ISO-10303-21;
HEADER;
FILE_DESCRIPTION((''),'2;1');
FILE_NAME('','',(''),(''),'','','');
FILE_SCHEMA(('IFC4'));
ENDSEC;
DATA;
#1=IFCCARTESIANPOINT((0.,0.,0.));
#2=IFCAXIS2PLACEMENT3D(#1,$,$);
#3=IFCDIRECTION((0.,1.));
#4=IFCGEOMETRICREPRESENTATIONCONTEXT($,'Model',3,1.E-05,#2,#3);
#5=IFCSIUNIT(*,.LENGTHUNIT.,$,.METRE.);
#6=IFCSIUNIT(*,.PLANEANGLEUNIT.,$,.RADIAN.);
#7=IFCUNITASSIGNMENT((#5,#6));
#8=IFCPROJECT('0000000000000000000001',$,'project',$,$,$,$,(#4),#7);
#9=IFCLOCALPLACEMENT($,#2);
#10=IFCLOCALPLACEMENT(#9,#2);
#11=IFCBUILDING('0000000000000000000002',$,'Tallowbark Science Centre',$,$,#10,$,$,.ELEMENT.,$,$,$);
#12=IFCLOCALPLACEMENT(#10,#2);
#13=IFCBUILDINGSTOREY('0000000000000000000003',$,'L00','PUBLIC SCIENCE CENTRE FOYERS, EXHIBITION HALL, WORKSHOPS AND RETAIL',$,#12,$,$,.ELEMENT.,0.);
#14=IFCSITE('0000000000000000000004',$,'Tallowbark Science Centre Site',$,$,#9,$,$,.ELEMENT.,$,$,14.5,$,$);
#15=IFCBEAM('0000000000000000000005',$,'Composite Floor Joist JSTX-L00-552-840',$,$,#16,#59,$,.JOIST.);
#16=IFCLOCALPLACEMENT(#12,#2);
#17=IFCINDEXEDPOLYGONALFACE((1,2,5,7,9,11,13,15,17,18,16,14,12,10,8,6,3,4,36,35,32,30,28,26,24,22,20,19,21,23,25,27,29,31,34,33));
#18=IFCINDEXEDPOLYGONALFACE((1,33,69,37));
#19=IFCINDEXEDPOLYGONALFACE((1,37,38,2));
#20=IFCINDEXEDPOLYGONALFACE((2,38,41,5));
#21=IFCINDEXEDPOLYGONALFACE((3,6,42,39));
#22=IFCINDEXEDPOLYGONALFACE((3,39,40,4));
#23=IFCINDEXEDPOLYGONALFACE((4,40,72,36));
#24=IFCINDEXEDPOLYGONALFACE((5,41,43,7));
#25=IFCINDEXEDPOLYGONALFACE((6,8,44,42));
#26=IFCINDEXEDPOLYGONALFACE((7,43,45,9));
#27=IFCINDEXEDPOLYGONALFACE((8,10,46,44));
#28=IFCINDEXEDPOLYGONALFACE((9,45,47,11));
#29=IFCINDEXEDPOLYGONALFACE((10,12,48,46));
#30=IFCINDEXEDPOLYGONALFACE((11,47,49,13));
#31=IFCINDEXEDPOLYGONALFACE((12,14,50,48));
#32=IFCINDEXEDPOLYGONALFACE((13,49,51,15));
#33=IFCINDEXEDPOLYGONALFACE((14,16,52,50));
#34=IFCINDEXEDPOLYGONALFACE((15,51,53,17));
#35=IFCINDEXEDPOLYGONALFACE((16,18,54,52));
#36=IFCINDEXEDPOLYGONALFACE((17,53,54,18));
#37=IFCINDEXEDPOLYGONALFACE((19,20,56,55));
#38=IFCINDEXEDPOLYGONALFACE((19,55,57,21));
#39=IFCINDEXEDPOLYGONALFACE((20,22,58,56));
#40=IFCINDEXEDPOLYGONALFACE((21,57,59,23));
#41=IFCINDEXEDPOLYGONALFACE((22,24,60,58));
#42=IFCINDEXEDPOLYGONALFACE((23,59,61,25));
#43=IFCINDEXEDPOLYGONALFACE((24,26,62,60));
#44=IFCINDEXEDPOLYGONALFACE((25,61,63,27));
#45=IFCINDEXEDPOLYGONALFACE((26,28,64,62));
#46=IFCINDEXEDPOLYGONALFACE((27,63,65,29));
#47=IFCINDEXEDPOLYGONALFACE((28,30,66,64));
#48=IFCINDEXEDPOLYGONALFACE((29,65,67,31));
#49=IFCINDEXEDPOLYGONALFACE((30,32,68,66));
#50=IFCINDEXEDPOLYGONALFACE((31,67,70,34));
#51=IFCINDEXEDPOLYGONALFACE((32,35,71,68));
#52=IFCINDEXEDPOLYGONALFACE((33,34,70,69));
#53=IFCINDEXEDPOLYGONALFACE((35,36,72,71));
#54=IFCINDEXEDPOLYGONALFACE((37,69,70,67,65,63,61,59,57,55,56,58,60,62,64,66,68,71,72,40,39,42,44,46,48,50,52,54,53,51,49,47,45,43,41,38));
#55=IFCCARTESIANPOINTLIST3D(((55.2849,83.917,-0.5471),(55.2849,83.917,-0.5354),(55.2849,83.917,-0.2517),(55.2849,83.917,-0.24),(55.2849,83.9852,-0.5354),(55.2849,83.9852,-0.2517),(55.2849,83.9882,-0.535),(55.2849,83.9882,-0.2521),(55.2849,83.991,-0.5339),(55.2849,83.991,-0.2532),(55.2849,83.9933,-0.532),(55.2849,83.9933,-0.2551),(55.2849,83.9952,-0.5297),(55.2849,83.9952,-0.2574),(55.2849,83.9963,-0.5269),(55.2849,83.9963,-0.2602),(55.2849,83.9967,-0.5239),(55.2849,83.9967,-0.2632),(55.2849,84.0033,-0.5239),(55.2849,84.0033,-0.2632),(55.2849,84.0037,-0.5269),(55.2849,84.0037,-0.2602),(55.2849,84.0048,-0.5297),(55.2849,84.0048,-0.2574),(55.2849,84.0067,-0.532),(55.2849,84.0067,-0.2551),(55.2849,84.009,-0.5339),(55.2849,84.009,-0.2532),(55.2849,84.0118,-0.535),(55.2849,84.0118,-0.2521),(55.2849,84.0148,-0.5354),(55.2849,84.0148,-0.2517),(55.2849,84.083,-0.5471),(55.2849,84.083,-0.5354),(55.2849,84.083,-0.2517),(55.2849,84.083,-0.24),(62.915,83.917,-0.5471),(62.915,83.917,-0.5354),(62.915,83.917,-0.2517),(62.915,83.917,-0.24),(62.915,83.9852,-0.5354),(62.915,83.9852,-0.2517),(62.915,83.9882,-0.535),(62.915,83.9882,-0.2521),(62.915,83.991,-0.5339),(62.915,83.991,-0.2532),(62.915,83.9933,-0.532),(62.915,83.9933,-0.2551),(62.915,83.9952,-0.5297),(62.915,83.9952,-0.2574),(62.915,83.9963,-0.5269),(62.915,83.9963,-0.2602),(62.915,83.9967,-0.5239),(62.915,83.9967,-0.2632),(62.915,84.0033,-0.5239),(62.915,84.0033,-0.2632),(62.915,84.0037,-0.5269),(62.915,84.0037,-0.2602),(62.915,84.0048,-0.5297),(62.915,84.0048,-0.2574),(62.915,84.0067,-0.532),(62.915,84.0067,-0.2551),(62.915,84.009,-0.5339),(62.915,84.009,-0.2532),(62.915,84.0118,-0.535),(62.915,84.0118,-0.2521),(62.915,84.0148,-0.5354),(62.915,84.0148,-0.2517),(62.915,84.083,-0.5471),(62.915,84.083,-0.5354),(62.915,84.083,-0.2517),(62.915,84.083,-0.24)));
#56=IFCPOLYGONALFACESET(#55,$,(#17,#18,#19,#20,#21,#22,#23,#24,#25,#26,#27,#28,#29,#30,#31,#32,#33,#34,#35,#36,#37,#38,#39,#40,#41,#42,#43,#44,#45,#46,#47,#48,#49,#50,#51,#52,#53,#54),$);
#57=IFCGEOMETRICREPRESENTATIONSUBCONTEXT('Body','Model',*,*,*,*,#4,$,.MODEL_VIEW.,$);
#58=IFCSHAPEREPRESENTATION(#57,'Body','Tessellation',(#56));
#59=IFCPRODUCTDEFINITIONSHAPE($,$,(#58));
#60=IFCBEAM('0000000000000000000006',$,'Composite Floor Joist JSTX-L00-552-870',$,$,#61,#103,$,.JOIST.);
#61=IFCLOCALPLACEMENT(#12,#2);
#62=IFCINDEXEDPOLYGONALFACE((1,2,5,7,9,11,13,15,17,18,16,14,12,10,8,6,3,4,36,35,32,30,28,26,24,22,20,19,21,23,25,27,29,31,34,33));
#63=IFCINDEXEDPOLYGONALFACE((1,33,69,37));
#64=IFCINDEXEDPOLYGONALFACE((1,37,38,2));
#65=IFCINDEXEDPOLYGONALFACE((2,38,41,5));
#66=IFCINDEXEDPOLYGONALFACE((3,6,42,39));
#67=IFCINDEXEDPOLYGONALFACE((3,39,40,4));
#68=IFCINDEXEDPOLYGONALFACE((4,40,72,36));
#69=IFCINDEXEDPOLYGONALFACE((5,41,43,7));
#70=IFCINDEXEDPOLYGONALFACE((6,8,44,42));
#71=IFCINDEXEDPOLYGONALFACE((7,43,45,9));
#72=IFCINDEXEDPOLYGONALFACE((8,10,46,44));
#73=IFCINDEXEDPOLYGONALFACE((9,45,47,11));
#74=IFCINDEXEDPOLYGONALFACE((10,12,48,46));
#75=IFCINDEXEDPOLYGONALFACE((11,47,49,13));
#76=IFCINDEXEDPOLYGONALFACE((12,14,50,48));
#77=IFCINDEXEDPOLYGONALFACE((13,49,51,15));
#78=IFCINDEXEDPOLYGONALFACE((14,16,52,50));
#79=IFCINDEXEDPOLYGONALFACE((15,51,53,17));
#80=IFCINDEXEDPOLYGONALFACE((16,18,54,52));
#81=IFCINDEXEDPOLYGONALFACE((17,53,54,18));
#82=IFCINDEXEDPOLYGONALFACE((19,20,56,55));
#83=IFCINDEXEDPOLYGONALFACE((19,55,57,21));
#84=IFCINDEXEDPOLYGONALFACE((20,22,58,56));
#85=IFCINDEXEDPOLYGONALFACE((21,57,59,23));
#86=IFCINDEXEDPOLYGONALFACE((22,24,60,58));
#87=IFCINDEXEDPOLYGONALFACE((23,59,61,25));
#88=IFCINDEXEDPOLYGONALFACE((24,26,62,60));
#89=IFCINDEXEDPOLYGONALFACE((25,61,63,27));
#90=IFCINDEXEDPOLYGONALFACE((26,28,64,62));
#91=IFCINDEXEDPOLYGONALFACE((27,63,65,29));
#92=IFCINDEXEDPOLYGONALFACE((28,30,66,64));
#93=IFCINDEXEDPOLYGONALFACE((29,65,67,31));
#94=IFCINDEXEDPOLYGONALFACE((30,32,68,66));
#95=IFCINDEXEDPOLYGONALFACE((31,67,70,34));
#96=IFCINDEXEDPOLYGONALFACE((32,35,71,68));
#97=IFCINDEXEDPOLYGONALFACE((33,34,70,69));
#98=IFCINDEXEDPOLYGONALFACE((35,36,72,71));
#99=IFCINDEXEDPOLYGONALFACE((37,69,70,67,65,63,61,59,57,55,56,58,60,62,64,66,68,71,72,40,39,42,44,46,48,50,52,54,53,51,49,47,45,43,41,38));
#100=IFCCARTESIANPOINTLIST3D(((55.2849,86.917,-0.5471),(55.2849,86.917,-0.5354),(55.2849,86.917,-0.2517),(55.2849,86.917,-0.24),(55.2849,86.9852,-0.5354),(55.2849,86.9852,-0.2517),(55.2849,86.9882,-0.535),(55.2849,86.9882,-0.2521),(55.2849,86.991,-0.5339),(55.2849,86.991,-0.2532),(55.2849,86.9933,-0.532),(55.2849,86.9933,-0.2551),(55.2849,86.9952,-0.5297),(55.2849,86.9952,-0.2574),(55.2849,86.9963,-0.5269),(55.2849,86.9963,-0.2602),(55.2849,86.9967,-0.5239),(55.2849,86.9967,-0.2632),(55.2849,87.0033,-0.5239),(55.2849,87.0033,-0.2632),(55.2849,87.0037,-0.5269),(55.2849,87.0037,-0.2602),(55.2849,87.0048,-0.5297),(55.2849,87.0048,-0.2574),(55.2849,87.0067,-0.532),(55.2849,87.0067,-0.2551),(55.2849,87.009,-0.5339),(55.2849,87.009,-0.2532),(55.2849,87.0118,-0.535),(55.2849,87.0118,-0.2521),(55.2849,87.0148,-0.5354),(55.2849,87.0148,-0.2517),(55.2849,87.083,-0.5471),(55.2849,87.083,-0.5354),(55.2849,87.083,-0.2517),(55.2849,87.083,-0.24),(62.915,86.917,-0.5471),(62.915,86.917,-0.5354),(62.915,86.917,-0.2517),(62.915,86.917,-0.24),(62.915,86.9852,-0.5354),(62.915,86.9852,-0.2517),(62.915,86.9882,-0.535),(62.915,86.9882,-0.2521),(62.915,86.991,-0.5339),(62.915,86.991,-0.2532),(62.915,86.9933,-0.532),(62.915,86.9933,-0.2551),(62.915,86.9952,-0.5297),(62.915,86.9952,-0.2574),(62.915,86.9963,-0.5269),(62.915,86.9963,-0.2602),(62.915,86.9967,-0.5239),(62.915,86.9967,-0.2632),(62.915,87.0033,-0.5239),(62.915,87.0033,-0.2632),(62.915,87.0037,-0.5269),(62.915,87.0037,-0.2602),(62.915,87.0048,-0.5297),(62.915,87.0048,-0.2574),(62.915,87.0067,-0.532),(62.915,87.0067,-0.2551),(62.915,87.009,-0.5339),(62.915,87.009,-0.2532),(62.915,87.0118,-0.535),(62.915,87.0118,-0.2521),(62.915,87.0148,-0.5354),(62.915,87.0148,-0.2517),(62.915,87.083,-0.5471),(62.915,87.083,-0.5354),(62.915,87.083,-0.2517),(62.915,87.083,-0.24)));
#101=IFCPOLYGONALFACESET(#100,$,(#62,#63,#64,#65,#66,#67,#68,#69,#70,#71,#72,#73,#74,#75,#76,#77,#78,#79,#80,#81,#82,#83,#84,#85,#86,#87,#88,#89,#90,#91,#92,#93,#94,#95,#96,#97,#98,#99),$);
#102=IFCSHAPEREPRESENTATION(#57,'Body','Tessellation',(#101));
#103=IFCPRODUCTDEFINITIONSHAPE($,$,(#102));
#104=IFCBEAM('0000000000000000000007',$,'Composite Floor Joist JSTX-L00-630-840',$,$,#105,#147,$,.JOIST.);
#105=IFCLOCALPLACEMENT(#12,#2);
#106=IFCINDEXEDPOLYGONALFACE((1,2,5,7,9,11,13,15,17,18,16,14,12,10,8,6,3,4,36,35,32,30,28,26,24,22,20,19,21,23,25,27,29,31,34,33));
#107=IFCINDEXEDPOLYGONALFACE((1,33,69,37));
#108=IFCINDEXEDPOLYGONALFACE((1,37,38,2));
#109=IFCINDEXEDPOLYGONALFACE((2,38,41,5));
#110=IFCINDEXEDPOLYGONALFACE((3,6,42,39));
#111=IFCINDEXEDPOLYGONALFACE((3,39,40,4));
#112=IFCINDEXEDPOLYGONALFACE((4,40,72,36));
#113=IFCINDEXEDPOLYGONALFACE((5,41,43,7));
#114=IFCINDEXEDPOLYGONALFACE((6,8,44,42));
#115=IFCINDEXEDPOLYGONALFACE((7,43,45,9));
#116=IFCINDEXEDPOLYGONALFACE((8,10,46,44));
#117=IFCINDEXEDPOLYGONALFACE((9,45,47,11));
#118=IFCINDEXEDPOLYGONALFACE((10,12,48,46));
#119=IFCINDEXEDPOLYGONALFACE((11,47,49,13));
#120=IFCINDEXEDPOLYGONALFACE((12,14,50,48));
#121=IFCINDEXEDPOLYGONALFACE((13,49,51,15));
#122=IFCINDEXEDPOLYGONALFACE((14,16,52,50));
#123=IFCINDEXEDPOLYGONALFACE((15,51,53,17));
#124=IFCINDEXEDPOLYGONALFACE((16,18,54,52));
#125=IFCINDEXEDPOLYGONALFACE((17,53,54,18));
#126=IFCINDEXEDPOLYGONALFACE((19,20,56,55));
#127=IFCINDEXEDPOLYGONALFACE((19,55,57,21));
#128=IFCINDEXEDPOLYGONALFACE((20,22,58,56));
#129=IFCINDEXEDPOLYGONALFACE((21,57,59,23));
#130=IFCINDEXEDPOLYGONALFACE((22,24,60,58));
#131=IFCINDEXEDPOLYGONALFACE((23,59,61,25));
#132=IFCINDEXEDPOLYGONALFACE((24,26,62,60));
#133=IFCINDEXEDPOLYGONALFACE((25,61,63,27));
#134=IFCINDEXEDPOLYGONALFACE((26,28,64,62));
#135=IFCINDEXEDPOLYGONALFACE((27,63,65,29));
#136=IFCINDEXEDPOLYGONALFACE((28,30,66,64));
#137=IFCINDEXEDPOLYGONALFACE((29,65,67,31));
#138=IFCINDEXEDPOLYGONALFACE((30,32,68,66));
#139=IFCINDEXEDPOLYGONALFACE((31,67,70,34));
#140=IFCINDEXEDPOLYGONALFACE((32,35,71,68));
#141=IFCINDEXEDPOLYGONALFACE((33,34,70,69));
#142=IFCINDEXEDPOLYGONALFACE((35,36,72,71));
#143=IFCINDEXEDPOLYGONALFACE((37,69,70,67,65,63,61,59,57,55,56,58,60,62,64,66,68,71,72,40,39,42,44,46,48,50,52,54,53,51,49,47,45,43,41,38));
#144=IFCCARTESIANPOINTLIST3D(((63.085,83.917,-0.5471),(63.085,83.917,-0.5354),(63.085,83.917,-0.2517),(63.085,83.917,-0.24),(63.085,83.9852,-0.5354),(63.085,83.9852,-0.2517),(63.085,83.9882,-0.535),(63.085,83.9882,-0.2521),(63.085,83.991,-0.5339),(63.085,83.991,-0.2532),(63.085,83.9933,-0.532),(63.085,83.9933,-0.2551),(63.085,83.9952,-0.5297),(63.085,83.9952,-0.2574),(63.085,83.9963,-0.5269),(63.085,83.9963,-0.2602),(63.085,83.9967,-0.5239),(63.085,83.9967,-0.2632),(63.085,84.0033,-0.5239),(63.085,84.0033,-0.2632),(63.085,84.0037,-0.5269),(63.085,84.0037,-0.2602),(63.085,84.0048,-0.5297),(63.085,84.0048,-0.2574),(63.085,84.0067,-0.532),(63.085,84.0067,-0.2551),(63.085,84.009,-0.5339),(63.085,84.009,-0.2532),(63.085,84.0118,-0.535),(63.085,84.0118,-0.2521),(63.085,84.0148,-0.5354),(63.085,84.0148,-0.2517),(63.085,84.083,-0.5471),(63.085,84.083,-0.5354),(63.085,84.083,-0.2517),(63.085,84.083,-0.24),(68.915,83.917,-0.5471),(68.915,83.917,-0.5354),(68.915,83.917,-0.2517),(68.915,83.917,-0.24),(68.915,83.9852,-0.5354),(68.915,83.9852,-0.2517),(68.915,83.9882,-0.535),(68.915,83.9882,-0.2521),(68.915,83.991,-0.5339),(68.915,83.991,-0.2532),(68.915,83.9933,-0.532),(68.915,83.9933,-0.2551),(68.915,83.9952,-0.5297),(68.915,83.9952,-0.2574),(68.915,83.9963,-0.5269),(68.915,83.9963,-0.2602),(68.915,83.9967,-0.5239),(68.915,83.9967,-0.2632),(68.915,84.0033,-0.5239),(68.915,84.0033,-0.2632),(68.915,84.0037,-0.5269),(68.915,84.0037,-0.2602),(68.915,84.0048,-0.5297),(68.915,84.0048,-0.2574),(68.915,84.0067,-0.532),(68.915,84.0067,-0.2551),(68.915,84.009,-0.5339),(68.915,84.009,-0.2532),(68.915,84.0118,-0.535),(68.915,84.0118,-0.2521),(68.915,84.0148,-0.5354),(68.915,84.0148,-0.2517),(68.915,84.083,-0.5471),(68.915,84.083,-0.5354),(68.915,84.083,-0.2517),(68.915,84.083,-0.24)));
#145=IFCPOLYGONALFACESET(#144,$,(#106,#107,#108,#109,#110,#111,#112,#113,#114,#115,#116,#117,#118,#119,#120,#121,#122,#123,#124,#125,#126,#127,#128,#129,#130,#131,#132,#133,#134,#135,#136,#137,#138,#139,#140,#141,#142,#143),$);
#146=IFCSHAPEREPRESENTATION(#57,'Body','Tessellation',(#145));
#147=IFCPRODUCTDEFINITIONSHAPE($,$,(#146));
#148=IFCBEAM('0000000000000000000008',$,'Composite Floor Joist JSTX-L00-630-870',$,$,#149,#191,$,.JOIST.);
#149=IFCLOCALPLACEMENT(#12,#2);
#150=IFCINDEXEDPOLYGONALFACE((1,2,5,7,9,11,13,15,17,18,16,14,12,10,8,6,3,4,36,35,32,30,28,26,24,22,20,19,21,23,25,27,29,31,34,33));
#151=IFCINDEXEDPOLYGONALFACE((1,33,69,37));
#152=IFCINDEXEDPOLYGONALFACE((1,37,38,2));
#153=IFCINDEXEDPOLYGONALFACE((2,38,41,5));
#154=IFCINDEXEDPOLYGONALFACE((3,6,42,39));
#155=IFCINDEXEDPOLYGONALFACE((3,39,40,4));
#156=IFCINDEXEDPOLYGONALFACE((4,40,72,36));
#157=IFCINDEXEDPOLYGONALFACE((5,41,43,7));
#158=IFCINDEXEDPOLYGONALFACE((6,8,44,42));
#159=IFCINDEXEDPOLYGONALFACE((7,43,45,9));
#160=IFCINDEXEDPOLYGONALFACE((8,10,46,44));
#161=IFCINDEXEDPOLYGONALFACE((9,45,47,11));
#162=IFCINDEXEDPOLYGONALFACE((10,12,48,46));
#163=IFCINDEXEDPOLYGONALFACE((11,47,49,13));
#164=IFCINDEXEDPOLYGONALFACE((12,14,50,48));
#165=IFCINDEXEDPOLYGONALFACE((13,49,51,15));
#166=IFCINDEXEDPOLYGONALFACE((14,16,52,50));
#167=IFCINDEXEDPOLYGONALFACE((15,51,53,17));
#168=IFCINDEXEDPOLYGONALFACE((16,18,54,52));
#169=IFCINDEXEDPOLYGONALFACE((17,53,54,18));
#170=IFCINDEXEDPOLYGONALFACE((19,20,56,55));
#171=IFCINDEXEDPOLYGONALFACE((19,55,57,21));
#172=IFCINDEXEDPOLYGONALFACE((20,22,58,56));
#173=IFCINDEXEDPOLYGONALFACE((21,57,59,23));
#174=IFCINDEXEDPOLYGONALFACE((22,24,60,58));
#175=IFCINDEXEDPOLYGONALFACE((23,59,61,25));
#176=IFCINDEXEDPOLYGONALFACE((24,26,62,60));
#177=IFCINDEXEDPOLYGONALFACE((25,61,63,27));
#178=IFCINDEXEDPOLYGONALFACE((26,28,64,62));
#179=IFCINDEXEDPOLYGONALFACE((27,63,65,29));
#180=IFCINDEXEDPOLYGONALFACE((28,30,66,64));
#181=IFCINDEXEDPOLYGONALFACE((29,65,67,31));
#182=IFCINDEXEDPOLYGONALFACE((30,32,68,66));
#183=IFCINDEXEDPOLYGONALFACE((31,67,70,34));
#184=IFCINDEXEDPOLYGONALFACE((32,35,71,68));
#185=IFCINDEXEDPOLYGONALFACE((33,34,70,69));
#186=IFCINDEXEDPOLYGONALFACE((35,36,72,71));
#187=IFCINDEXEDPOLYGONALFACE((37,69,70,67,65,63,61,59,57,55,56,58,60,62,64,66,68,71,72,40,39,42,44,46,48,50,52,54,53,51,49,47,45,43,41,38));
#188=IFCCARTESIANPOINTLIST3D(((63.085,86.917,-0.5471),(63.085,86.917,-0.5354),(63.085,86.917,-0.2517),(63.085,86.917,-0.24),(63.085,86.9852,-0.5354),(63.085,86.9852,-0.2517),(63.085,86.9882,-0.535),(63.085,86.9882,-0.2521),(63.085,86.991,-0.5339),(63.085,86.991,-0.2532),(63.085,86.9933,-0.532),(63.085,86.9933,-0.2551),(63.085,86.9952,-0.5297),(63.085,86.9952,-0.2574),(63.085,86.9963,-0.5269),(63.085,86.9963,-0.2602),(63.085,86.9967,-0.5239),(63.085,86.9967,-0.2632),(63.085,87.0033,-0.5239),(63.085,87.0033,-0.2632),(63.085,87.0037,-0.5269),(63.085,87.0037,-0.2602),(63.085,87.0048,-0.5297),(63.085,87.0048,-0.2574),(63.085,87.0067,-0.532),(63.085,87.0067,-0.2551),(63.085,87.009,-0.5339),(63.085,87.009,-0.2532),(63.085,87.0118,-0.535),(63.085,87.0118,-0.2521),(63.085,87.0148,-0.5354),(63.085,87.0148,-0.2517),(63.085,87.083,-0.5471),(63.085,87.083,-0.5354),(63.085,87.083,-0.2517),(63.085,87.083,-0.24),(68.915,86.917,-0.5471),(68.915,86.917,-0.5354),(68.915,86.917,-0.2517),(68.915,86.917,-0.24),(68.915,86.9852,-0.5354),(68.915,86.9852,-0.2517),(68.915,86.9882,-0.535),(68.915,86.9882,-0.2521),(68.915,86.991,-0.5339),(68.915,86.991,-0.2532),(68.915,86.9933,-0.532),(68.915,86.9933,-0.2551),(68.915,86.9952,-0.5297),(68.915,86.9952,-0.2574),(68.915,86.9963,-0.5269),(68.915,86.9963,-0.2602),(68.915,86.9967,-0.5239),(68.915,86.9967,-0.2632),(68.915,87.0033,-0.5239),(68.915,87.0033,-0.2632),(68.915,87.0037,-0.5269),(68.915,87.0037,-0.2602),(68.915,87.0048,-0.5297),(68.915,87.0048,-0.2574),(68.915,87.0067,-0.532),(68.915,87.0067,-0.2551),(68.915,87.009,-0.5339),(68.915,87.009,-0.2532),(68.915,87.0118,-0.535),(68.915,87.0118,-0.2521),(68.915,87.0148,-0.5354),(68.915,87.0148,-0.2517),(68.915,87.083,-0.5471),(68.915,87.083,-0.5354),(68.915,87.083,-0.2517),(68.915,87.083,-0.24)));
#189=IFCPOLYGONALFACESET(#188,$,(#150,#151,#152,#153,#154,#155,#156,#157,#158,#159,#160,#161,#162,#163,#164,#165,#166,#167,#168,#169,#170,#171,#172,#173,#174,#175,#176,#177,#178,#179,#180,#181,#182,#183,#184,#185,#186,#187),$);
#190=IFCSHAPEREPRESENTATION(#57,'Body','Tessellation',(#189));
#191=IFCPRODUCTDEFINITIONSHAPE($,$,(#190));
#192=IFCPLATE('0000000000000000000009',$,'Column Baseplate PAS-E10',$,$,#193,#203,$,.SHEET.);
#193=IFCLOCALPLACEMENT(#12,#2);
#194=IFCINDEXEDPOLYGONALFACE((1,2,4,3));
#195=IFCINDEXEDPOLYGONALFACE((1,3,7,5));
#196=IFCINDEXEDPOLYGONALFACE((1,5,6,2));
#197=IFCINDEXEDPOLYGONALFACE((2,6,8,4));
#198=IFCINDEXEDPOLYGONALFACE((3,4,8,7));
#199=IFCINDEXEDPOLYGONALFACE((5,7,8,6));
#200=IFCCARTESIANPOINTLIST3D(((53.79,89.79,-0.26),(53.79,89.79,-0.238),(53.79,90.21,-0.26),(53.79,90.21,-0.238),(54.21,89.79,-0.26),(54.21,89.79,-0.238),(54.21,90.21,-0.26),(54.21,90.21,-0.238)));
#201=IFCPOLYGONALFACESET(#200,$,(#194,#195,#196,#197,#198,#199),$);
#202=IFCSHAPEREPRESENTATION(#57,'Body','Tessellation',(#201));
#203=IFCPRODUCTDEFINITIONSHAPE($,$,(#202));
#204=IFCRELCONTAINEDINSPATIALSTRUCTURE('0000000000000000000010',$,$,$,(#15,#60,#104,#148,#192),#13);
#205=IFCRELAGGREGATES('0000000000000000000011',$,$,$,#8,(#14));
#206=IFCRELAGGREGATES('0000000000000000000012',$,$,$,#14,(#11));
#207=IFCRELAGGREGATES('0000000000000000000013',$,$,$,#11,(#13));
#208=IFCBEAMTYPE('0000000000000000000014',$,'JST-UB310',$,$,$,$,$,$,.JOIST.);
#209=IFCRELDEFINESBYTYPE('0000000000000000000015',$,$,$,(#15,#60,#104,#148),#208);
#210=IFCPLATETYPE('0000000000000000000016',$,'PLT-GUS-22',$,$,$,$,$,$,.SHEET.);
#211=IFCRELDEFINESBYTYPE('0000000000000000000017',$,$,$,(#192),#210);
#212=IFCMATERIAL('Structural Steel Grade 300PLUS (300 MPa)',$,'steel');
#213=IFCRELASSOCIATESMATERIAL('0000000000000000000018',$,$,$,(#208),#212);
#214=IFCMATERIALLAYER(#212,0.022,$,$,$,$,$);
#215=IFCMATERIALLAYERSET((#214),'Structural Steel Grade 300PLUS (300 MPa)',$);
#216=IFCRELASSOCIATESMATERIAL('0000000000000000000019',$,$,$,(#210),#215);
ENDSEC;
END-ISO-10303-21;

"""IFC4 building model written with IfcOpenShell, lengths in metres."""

from ifc_helpers import new_model, si_unit, direction, frame, origin, origin_2d, place, context, subcontext, project, spatial, rectangle, i_section, extrude, material, layer, layer_set, material_profile, profile_set, type_object, element, save


model = new_model("IFC4")

# Units and contexts
model_context = context("Model", 3, precision=1e-05, world=origin(), true_north=direction((0.0, 1.0)))
body_context = subcontext(model_context, "Body", "Model", "MODEL_VIEW")
ifc_project = project(units=[si_unit("LENGTHUNIT", "METRE"), si_unit("PLANEANGLEUNIT", "RADIAN")], contexts=[model_context])

# Site, building, storey
site_placement = place(None, origin())
site = spatial("IfcSite", under=ifc_project, at=site_placement, Name="Tallowbark Science Centre Site", CompositionType="ELEMENT", RefElevation=14.5)
building_placement = place(site_placement, origin())
building = spatial("IfcBuilding", under=site, at=building_placement, Name="Tallowbark Science Centre", CompositionType="ELEMENT")
storey_placement = place(building_placement, origin())
storey = spatial("IfcBuildingStorey", under=building, at=storey_placement, Name="L00", Description="PUBLIC SCIENCE CENTRE FOYERS, EXHIBITION HALL, WORKSHOPS AND RETAIL", CompositionType="ELEMENT", Elevation=0.0)

# Shared definitions
ifc_material_1 = material(Name="Structural Steel Grade 300PLUS (300 MPa)", Category="steel")

# Beams
ifc_material_profile_1 = material_profile(ifc_material_1, i_section(OverallWidth=0.166, OverallDepth=0.3071, WebThickness=0.0066, FlangeThickness=0.0117, FilletRadius=0.0115, at=origin_2d()), Name="310UB46.2")
ifc_profile_set_1 = profile_set([ifc_material_profile_1], Name="Structural Steel Grade 300PLUS (300 MPa)")
beam_type_1 = type_object("IfcBeamType", Name="JST-UB310", PredefinedType="JOIST", material=ifc_profile_set_1)
for number, where, z_axis, x_axis, name in (
    (1, (55.2849, 84.0, -0.3936), (1.0, 0.0, 0.0), (0.0, 1.0, 0.0), "Composite Floor Joist JSTX-L00-552-840"),
    (2, (55.2849, 87.0, -0.3936), (1.0, 0.0, 0.0), (0.0, 1.0, 0.0), "Composite Floor Joist JSTX-L00-552-870"),
):
    element("IfcBeam", number, at=place(storey_placement, frame(where, z_axis=z_axis, x_axis=x_axis)), inside=storey, type_object=beam_type_1, Name=name, PredefinedType="JOIST", context=body_context, shape_type="SweptSolid", body=[
        extrude(i_section(OverallWidth=0.166, OverallDepth=0.3071, WebThickness=0.0066, FlangeThickness=0.0117, FilletRadius=0.0115, at=origin_2d()), origin(), (0.0, 0.0, 1.0), 7.6301),
    ])
for number, where, z_axis, x_axis, name in (
    (3, (63.085, 84.0, -0.3936), (1.0, 0.0, 0.0), (0.0, 1.0, 0.0), "Composite Floor Joist JSTX-L00-630-840"),
    (4, (63.085, 87.0, -0.3936), (1.0, 0.0, 0.0), (0.0, 1.0, 0.0), "Composite Floor Joist JSTX-L00-630-870"),
):
    element("IfcBeam", number, at=place(storey_placement, frame(where, z_axis=z_axis, x_axis=x_axis)), inside=storey, type_object=beam_type_1, Name=name, PredefinedType="JOIST", context=body_context, shape_type="SweptSolid", body=[
        extrude(i_section(OverallWidth=0.166, OverallDepth=0.3071, WebThickness=0.0066, FlangeThickness=0.0117, FilletRadius=0.0115, at=origin_2d()), origin(), (0.0, 0.0, 1.0), 5.8301),
    ])

# Plate
ifc_layer_1 = layer(ifc_material_1, 0.022)
ifc_layer_set_1 = layer_set([ifc_layer_1], Name="Structural Steel Grade 300PLUS (300 MPa)")
plate_type = type_object("IfcPlateType", Name="PLT-GUS-22", PredefinedType="SHEET", material=ifc_layer_set_1)
plate_placement = place(storey_placement, frame((54.0, 90.0, -0.26), z_axis=(0.0, 0.0, 1.0), x_axis=(1.0, 0.0, 0.0)))
element("IfcPlate", 5, at=plate_placement, inside=storey, type_object=plate_type, Name="Column Baseplate PAS-E10", PredefinedType="SHEET", context=body_context, shape_type="SweptSolid", body=[
    extrude(rectangle(XDim=0.4199, YDim=0.4199, at=origin_2d()), origin(), (0.0, 0.0, 1.0), 0.022),
])

save(model, "model.ifc")
